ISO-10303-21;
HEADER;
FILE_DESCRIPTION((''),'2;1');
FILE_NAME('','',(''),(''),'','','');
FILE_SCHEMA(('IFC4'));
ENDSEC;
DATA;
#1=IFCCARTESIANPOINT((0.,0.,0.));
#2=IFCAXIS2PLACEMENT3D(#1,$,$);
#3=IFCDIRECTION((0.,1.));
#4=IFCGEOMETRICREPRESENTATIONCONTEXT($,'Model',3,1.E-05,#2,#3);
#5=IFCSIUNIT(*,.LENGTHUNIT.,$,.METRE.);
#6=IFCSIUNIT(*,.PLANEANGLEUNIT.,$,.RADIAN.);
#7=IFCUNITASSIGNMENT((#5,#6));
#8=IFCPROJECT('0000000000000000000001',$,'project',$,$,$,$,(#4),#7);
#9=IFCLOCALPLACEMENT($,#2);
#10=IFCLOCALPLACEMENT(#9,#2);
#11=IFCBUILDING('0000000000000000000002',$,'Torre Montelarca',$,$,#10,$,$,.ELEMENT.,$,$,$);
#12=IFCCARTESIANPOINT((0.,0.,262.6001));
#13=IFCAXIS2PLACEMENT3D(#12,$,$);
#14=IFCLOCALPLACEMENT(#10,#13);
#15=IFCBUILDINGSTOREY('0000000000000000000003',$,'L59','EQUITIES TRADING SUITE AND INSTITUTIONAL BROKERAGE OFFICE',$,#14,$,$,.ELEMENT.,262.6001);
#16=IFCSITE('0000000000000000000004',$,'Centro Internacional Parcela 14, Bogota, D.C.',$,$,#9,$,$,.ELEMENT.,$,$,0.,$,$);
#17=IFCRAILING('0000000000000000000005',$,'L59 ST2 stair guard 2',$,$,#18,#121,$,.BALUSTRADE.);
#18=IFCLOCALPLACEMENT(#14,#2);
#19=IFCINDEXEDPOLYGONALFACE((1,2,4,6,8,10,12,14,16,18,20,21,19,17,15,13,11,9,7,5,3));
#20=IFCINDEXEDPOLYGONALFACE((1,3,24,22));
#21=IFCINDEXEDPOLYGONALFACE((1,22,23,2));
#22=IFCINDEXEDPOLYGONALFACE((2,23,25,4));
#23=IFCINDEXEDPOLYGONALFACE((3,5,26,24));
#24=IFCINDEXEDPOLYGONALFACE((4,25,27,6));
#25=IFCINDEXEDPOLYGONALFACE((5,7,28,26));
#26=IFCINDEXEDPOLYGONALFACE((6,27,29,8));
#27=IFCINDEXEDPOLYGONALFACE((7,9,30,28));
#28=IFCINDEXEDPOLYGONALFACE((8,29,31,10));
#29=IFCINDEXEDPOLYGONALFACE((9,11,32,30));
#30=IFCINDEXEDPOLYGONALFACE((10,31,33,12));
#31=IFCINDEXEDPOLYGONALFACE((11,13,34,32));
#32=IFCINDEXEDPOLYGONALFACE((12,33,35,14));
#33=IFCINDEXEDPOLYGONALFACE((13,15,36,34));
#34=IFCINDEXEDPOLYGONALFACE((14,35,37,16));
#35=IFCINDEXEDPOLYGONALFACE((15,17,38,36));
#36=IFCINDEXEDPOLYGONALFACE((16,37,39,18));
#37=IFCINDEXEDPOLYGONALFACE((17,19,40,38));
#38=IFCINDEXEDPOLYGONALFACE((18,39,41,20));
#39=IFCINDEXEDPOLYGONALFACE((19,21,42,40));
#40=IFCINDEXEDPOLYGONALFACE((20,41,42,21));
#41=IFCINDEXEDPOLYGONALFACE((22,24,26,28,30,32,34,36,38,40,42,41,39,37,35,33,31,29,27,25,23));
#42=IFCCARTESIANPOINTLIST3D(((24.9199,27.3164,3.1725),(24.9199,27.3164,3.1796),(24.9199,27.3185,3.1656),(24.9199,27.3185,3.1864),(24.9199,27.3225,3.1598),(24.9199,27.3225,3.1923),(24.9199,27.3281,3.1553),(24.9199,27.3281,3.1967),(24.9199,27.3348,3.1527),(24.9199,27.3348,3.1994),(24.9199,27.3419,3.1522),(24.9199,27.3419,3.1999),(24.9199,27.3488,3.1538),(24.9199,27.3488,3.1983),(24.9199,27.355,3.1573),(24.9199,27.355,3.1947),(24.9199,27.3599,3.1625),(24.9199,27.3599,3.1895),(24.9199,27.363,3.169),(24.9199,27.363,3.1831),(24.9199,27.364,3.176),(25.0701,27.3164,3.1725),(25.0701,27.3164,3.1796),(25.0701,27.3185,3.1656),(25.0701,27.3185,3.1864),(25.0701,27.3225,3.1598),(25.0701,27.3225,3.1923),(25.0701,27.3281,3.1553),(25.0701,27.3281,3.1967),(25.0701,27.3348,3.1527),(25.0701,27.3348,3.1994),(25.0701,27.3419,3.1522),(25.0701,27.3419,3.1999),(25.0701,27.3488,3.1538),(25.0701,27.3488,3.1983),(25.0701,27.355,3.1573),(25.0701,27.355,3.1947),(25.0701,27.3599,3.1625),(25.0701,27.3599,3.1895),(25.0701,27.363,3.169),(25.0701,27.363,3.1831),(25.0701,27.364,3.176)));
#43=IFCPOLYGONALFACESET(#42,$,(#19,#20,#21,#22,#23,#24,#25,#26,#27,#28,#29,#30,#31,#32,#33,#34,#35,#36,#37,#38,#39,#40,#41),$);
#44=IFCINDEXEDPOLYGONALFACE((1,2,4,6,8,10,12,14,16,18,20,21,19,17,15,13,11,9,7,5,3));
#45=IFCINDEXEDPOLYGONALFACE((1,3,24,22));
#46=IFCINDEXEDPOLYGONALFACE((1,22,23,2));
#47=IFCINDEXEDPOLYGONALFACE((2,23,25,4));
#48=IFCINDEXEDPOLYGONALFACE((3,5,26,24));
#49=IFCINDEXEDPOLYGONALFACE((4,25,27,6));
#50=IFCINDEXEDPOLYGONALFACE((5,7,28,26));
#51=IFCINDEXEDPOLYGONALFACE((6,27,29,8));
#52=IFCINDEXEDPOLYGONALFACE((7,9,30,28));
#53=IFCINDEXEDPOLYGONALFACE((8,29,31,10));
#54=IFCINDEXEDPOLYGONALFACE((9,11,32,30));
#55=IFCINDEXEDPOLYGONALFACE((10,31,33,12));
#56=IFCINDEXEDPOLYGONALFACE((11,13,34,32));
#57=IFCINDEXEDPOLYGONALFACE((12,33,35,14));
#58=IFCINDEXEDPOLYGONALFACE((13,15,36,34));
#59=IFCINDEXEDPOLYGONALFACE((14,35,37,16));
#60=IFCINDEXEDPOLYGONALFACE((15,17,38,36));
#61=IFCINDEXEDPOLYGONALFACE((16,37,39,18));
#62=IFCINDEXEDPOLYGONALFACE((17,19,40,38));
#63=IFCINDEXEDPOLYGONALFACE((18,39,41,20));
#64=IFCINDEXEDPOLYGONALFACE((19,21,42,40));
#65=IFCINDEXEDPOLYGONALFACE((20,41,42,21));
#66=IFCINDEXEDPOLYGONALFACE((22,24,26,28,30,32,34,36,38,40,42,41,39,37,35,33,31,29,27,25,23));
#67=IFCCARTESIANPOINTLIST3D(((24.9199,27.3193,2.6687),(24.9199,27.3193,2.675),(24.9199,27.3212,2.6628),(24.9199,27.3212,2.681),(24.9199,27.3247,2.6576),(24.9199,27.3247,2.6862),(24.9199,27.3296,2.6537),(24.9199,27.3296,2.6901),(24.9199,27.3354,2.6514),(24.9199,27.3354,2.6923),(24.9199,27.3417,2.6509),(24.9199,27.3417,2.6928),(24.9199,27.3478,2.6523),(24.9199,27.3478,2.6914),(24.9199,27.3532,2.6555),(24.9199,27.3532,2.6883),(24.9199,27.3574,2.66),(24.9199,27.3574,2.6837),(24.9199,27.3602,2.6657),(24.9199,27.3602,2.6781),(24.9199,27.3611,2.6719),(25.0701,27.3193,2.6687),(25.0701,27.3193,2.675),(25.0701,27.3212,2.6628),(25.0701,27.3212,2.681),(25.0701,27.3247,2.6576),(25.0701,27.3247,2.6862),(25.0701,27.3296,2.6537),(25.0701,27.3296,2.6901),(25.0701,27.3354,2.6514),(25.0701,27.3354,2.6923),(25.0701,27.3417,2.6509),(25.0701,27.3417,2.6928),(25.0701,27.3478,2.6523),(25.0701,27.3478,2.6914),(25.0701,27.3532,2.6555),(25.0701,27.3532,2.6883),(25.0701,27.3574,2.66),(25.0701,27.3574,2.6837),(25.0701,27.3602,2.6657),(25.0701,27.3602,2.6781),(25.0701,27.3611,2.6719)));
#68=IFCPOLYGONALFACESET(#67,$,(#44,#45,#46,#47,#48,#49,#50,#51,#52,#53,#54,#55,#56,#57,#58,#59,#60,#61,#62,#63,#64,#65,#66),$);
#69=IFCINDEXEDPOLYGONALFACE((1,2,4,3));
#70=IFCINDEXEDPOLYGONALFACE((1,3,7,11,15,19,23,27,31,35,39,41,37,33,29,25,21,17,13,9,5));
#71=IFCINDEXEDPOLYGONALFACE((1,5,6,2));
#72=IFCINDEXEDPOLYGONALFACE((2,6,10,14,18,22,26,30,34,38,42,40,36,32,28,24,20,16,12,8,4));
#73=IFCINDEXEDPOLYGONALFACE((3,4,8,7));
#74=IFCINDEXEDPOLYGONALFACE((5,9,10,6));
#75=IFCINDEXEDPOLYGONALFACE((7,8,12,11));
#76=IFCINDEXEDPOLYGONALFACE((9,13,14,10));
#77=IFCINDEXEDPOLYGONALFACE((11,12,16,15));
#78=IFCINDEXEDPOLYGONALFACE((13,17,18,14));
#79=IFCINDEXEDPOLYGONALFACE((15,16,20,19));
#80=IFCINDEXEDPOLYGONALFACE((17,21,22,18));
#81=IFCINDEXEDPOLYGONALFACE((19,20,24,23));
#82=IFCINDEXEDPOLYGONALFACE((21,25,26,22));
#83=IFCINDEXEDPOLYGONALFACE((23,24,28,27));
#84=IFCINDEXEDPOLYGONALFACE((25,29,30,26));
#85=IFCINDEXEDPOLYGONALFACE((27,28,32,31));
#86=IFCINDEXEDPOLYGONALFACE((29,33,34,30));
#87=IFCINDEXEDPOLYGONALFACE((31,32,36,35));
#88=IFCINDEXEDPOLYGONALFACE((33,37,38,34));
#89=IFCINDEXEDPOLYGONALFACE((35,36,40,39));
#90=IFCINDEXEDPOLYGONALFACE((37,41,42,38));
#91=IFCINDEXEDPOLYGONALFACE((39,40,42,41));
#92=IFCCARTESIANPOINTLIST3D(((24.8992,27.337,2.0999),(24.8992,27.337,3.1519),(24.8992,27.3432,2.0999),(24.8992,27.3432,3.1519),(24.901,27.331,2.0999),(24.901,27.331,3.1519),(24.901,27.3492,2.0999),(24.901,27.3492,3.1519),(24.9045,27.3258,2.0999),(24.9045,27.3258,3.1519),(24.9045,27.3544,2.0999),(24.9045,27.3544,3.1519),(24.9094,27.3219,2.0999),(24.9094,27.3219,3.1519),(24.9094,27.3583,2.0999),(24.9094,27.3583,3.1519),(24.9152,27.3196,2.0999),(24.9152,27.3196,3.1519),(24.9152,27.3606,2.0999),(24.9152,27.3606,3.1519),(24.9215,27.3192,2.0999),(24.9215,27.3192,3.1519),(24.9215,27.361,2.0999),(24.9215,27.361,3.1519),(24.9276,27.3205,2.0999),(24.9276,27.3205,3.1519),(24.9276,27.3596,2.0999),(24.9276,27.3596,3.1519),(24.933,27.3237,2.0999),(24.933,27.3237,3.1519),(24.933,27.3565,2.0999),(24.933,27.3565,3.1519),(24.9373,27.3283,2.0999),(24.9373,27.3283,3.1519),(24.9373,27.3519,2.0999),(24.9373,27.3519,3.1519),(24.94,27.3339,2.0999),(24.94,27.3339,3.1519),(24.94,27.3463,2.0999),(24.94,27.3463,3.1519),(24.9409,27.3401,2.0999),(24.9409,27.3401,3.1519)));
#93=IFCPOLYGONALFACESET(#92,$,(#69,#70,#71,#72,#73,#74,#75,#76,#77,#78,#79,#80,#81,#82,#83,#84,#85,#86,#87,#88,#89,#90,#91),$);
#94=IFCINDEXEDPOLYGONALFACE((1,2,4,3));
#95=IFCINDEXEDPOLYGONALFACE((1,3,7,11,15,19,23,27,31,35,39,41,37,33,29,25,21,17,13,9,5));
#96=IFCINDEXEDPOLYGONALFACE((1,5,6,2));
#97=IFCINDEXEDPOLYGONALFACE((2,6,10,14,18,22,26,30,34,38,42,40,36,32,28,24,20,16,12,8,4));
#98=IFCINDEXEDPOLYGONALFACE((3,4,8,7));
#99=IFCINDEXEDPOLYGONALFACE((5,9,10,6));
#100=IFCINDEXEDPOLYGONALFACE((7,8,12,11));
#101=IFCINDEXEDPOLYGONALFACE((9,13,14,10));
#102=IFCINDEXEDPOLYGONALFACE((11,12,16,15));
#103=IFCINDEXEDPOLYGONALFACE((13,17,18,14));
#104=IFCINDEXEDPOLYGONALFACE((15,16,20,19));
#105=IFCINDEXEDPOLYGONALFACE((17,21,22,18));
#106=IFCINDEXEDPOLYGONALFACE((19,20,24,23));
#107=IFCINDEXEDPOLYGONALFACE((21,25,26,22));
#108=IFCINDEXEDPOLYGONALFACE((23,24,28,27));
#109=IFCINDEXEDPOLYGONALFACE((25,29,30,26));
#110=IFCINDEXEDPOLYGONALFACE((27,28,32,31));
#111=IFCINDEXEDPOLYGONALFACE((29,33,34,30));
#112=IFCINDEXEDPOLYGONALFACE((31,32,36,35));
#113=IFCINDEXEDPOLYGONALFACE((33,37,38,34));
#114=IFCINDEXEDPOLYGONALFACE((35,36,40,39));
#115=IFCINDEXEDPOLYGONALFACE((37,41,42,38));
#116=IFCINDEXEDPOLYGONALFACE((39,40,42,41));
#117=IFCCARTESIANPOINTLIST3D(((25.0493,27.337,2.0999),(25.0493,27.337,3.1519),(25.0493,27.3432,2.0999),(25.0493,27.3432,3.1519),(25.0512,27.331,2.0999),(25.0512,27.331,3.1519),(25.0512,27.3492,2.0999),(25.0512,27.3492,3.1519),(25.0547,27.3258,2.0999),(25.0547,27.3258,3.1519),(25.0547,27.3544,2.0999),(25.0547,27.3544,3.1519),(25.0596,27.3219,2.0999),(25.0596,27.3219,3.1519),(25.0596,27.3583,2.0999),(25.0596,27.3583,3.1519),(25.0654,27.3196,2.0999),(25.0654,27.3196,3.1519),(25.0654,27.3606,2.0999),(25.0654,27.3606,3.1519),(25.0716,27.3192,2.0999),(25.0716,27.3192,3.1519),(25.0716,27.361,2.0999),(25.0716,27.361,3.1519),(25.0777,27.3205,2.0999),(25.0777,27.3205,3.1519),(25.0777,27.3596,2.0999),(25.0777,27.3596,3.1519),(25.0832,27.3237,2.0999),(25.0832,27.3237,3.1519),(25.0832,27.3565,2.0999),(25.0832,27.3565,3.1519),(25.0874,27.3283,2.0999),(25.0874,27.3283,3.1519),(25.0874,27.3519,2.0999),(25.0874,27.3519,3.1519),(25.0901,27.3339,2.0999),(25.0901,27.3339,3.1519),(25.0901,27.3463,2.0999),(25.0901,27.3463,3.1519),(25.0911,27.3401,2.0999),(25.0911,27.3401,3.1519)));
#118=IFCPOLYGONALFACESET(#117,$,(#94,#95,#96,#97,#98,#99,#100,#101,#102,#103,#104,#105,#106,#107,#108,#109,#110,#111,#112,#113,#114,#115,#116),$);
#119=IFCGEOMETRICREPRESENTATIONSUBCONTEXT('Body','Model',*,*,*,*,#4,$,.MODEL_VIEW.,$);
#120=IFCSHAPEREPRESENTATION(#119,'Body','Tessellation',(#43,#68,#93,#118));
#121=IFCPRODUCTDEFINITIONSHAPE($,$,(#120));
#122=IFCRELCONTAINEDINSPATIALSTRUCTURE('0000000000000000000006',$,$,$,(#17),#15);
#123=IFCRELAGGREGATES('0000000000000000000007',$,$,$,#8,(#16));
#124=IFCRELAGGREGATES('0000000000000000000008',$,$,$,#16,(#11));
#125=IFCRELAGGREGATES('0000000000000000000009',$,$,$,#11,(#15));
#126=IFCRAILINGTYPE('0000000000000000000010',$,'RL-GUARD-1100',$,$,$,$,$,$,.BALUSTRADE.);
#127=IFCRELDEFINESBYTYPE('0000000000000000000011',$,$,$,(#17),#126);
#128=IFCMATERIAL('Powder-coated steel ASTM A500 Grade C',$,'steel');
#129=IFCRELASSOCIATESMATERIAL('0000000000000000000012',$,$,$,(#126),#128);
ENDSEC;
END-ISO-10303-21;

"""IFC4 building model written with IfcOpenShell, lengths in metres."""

from ifc_helpers import new_model, si_unit, direction, frame, origin, origin_2d, place, context, subcontext, project, spatial, circle, extrude, material, type_object, element, save


model = new_model("IFC4")

# Units and contexts
model_context = context("Model", 3, precision=1e-05, world=origin(), true_north=direction((0.0, 1.0)))
body_context = subcontext(model_context, "Body", "Model", "MODEL_VIEW")
ifc_project = project(units=[si_unit("LENGTHUNIT", "METRE"), si_unit("PLANEANGLEUNIT", "RADIAN")], contexts=[model_context])

# Site, building, storey
site_placement = place(None, origin())
site = spatial("IfcSite", under=ifc_project, at=site_placement, Name="Centro Internacional Parcela 14, Bogota, D.C.", CompositionType="ELEMENT", RefElevation=0.0)
building_placement = place(site_placement, origin())
building = spatial("IfcBuilding", under=site, at=building_placement, Name="Torre Montelarca", CompositionType="ELEMENT")
storey_placement = place(building_placement, frame((0.0, 0.0, 262.6001)))
storey = spatial("IfcBuildingStorey", under=building, at=storey_placement, Name="L59", Description="EQUITIES TRADING SUITE AND INSTITUTIONAL BROKERAGE OFFICE", CompositionType="ELEMENT", Elevation=262.6001)

# Railing
ifc_material_1 = material(Name="Powder-coated steel ASTM A500 Grade C", Category="steel")
railing_type_1 = type_object("IfcRailingType", Name="RL-GUARD-1100", PredefinedType="BALUSTRADE", material=ifc_material_1)
railing_1_placement = place(storey_placement, frame((24.9199, 27.3401, 2.0999)))
element("IfcRailing", 1, at=railing_1_placement, inside=storey, type_object=railing_type_1, Name="L59 ST2 stair guard 2", PredefinedType="BALUSTRADE", context=body_context, shape_type="SweptSolid", body=[
    extrude(circle(Radius=0.0239, at=origin_2d()), frame((0.0, 0.0, 1.0762), z_axis=(1.0, 0.0, 0.0), x_axis=(0.0, 1.0, 0.0)), (0.0, 0.0, 1.0), 0.1501),
    extrude(circle(Radius=0.021, at=origin_2d()), frame((0.0, 0.0, 0.572), z_axis=(1.0, 0.0, 0.0), x_axis=(0.0, 1.0, 0.0)), (0.0, 0.0, 1.0), 0.1501),
    extrude(circle(Radius=0.021, at=origin_2d()), origin(), (0.0, 0.0, 1.0), 1.052),
    extrude(circle(Radius=0.021, at=origin_2d()), frame((0.1501, 0.0, 0.0)), (0.0, 0.0, 1.0), 1.052),
])

save(model, "model.ifc")
